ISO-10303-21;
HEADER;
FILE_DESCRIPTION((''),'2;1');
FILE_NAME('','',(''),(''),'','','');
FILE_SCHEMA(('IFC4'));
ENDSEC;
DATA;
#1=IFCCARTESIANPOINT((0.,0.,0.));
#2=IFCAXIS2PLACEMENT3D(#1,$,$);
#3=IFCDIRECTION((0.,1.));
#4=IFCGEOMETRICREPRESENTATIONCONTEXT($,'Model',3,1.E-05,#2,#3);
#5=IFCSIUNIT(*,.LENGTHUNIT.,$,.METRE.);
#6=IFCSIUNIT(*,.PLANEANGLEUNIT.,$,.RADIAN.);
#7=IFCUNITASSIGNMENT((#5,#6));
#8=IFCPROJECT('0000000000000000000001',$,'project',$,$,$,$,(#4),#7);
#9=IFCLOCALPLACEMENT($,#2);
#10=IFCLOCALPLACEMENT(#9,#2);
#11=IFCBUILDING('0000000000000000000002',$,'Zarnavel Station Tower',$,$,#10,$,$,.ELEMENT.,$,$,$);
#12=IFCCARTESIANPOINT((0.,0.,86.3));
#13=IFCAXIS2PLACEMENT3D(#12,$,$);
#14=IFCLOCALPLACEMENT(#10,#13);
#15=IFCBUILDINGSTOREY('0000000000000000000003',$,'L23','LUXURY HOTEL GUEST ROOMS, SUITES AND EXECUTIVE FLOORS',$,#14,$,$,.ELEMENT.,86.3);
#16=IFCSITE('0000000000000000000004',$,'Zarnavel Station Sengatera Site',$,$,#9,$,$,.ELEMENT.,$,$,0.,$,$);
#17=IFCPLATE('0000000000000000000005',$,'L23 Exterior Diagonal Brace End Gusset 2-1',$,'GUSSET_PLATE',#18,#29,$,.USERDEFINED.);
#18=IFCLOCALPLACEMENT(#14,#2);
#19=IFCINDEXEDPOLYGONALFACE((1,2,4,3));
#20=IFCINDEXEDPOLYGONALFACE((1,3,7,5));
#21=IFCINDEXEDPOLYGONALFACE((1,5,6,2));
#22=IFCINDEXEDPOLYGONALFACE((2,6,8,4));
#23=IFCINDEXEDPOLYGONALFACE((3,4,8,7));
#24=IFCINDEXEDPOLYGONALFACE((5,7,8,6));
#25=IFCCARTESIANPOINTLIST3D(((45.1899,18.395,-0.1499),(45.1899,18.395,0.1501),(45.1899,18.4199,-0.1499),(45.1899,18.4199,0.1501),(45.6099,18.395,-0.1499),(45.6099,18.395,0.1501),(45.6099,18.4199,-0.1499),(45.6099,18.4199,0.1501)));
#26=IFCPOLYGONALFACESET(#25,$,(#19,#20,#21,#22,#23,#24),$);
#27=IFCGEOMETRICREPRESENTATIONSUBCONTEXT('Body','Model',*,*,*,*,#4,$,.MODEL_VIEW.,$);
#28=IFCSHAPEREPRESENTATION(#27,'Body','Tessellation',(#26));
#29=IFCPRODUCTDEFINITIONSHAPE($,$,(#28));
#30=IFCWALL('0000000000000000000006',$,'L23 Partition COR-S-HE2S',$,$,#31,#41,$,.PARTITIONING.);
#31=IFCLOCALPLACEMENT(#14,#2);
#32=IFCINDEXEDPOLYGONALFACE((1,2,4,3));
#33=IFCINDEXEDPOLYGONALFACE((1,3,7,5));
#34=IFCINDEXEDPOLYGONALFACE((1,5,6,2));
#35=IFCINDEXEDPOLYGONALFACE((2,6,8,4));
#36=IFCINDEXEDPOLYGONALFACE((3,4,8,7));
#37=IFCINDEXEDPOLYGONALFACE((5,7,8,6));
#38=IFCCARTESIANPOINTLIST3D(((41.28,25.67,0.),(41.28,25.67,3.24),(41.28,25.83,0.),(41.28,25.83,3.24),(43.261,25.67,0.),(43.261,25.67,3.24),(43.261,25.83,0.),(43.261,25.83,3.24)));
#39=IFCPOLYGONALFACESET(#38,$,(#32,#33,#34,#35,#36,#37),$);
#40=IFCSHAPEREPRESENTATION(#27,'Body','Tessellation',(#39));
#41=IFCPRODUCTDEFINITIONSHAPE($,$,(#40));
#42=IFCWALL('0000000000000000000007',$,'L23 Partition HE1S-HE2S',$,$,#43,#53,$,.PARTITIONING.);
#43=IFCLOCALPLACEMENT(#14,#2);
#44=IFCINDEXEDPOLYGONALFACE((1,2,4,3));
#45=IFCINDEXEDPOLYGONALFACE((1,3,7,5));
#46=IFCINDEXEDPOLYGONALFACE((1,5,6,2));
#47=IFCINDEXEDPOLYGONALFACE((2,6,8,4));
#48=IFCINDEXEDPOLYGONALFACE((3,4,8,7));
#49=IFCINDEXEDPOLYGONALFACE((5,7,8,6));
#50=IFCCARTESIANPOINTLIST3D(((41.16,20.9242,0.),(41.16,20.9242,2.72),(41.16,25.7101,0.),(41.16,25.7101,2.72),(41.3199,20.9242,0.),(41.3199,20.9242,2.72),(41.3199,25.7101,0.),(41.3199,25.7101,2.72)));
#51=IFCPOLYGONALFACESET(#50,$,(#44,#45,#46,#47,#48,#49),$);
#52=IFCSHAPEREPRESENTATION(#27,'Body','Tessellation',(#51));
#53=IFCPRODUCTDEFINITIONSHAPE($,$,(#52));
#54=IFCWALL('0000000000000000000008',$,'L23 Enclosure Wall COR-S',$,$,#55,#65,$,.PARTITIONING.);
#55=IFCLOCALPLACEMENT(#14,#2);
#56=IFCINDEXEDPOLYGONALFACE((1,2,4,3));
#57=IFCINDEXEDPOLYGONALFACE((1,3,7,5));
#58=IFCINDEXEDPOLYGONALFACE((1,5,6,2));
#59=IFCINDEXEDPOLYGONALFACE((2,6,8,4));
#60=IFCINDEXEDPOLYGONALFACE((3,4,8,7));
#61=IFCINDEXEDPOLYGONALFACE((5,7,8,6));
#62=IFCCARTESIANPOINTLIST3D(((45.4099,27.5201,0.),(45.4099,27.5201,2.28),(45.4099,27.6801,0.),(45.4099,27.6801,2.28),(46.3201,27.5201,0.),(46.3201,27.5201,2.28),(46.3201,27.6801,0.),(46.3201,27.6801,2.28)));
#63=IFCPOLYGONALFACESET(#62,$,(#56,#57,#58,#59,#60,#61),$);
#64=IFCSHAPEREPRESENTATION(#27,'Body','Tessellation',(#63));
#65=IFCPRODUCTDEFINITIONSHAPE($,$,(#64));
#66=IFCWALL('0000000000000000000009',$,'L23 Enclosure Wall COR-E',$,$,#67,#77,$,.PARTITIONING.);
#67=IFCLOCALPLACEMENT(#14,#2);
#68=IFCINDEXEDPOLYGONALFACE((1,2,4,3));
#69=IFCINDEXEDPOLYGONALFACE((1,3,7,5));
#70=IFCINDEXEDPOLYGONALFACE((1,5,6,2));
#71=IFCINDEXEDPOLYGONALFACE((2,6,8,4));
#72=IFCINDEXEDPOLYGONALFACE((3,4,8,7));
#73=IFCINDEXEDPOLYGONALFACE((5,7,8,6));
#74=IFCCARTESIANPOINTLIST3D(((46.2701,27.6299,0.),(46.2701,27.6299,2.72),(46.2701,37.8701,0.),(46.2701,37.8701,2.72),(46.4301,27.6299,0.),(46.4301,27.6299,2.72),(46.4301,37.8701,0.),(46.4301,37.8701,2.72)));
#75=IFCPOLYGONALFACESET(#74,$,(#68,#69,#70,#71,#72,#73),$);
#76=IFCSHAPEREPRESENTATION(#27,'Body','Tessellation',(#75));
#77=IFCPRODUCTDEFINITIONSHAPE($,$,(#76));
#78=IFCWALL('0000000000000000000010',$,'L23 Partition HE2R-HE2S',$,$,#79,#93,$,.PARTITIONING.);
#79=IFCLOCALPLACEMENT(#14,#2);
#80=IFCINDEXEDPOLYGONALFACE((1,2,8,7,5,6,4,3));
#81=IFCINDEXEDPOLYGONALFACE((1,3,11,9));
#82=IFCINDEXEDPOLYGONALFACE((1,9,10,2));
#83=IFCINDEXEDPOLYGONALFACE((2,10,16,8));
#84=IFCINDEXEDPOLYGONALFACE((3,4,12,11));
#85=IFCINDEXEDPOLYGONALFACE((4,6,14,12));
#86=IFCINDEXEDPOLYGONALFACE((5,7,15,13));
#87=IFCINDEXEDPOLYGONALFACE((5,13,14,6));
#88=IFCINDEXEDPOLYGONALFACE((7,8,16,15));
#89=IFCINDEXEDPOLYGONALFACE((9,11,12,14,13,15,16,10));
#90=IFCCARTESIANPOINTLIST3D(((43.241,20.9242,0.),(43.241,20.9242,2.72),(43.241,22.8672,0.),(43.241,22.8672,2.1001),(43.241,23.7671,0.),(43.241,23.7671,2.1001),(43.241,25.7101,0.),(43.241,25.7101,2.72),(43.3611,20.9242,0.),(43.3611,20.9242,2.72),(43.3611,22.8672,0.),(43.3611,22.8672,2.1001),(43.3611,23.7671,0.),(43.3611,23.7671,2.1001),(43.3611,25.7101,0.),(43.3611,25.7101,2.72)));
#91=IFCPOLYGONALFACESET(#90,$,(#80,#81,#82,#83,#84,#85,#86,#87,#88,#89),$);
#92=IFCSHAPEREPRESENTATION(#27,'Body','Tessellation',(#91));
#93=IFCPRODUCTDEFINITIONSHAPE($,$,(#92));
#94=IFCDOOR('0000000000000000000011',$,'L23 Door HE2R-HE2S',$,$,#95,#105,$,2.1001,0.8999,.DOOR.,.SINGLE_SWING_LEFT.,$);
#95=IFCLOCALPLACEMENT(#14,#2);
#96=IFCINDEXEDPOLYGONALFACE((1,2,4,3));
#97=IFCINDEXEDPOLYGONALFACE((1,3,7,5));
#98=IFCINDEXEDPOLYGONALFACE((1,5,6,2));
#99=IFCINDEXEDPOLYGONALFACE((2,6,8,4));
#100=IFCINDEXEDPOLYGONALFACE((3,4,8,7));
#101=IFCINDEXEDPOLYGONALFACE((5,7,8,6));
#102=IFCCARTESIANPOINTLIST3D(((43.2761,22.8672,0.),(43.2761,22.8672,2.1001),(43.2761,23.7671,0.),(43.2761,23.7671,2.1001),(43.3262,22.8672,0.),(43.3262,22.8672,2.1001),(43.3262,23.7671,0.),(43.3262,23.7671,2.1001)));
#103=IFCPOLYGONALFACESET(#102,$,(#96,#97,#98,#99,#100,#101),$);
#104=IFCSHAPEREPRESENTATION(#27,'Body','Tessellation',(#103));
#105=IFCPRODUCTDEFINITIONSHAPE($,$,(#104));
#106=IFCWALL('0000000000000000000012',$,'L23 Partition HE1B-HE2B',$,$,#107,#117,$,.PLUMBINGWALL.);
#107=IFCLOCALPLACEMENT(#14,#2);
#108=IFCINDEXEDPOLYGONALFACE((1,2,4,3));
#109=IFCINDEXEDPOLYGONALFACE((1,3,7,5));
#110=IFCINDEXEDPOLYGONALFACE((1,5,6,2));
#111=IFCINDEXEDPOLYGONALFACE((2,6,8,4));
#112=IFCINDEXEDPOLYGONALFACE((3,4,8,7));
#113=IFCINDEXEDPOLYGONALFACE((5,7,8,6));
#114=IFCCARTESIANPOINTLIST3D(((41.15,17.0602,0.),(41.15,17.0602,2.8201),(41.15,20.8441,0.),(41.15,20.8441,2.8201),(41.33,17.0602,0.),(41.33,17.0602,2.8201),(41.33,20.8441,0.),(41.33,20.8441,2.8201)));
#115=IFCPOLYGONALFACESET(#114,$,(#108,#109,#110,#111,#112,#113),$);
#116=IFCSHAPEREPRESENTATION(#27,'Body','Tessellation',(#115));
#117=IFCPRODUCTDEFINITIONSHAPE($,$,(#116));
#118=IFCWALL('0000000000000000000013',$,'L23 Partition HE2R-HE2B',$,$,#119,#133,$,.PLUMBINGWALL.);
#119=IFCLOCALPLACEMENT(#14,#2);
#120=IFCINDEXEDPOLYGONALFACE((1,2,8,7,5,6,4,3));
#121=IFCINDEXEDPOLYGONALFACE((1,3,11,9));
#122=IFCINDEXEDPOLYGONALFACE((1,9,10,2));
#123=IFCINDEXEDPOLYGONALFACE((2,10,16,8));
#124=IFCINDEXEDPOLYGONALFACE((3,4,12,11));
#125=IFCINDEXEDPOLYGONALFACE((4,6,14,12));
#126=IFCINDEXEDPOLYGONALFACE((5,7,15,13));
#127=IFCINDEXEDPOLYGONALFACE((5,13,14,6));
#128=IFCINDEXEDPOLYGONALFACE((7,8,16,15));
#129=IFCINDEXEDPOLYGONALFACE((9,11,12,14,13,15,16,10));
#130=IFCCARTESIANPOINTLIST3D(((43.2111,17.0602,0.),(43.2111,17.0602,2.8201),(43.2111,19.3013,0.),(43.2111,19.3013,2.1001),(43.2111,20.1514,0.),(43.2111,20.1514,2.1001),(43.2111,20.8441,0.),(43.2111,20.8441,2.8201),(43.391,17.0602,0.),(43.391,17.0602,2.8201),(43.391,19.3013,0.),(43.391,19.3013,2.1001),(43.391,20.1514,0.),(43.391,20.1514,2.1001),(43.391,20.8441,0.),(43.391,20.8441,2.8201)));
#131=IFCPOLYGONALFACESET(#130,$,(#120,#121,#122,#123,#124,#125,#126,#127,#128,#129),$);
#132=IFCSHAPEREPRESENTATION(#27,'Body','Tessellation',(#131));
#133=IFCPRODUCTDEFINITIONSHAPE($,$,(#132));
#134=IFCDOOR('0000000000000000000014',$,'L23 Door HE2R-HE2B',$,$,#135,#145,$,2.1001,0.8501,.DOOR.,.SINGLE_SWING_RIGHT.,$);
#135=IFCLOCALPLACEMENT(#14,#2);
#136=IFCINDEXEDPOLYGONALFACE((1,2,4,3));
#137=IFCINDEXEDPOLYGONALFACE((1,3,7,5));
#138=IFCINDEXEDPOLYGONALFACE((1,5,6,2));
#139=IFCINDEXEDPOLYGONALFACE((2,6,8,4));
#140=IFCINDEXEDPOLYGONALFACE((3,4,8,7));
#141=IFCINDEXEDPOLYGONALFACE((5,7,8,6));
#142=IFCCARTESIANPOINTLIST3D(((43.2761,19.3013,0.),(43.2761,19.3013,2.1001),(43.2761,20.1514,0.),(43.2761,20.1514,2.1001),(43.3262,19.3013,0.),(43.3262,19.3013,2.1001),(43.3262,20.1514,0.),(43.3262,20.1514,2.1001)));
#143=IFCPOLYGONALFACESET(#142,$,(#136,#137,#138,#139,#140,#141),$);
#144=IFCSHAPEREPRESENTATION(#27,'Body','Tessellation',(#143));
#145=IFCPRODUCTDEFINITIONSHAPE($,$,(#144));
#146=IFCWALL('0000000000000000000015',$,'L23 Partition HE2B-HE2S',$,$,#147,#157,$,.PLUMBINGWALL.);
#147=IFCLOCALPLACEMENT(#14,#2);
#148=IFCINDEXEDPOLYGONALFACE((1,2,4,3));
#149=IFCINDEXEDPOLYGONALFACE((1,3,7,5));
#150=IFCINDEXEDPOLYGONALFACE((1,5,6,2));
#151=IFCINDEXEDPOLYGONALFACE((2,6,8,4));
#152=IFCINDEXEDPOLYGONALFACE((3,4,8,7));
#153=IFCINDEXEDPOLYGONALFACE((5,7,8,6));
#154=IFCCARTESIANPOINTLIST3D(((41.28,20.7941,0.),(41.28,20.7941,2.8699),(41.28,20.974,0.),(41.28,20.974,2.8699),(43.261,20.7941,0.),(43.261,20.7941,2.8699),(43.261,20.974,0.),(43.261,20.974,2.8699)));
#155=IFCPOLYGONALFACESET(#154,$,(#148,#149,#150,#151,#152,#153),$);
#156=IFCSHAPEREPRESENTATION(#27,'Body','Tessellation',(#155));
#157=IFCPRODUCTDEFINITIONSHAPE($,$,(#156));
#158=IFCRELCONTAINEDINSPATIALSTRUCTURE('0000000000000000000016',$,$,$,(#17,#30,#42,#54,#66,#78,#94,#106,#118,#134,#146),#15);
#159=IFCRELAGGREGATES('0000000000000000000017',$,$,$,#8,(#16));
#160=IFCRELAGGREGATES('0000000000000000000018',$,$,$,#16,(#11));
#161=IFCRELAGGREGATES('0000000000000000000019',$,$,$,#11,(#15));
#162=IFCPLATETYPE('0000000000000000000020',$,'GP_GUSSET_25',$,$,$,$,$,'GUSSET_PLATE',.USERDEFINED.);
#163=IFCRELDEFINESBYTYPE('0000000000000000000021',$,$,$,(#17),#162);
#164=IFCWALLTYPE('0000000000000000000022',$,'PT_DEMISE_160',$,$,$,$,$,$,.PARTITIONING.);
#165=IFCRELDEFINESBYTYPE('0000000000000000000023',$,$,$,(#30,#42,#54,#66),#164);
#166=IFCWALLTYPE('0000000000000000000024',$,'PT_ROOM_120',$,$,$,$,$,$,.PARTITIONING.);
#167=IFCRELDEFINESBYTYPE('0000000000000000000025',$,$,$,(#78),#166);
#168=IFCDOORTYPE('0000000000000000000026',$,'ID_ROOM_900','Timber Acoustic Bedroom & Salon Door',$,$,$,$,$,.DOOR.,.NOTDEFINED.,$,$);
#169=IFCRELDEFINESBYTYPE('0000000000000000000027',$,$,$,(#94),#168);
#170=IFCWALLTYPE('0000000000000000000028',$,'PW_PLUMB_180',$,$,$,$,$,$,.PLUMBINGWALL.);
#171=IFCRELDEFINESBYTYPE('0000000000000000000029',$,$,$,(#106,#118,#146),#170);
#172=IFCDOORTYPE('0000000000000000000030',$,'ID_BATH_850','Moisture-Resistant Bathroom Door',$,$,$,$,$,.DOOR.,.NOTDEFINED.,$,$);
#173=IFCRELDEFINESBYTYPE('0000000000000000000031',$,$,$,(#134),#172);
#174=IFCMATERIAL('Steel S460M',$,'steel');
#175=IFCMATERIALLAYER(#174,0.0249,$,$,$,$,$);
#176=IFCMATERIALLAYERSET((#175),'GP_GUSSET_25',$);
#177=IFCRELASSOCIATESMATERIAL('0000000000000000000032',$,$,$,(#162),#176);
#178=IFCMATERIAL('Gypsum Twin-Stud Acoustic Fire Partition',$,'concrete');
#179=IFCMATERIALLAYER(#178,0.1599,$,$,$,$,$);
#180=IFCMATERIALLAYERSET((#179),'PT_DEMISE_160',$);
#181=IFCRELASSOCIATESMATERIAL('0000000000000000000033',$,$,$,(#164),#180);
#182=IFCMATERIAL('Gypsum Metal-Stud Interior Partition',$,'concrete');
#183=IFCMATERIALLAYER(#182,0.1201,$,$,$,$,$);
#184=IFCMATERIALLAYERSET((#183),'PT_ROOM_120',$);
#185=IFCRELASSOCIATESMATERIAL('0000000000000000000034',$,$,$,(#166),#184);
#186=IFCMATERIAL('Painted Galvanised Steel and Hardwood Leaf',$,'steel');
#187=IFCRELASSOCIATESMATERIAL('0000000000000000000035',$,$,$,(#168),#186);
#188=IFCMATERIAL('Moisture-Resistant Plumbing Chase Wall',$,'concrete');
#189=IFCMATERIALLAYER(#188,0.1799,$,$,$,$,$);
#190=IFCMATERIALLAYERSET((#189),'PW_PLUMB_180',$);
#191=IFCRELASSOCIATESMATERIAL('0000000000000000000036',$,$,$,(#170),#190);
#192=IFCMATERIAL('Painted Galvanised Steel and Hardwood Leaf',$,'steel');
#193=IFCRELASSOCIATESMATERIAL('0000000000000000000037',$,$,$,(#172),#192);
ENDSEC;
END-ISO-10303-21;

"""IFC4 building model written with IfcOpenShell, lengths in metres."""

from ifc_helpers import new_model, si_unit, direction, frame, frame_2d, origin, origin_2d, place, context, subcontext, project, spatial, rectangle, extrude, material, layer, layer_set, type_object, element, fill, save


model = new_model("IFC4")

# Units and contexts
model_context = context("Model", 3, precision=1e-05, world=origin(), true_north=direction((0.0, 1.0)))
body_context = subcontext(model_context, "Body", "Model", "MODEL_VIEW")
ifc_project = project(units=[si_unit("LENGTHUNIT", "METRE"), si_unit("PLANEANGLEUNIT", "RADIAN")], contexts=[model_context])

# Site, building, storey
site_placement = place(None, origin())
site = spatial("IfcSite", under=ifc_project, at=site_placement, Name="Zarnavel Station Sengatera Site", CompositionType="ELEMENT", RefElevation=0.0)
building_placement = place(site_placement, origin())
building = spatial("IfcBuilding", under=site, at=building_placement, Name="Zarnavel Station Tower", CompositionType="ELEMENT")
storey_placement = place(building_placement, frame((0.0, 0.0, 86.3)))
storey = spatial("IfcBuildingStorey", under=building, at=storey_placement, Name="L23", Description="LUXURY HOTEL GUEST ROOMS, SUITES AND EXECUTIVE FLOORS", CompositionType="ELEMENT", Elevation=86.3)

# Plate
ifc_material_1 = material(Name="Steel S460M", Category="steel")
ifc_layer_1 = layer(ifc_material_1, 0.0249)
ifc_layer_set_1 = layer_set([ifc_layer_1], Name="GP_GUSSET_25")
plate_type = type_object("IfcPlateType", Name="GP_GUSSET_25", ElementType="GUSSET_PLATE", PredefinedType="USERDEFINED", material=ifc_layer_set_1)
plate_placement = place(storey_placement, frame((45.3999, 18.4075, -0.1499), z_axis=(0.0, 0.0, 1.0), x_axis=(1.0, 0.0, 0.0)))
element("IfcPlate", 1, at=plate_placement, inside=storey, type_object=plate_type, Name="L23 Exterior Diagonal Brace End Gusset 2-1", ObjectType="GUSSET_PLATE", PredefinedType="USERDEFINED", context=body_context, shape_type="SweptSolid", body=[
    extrude(rectangle(XDim=0.4199, YDim=0.0249, at=origin_2d()), origin(), (0.0, 0.0, 1.0), 0.3),
])

# Shared definitions
ifc_material_2 = material(Name="Gypsum Twin-Stud Acoustic Fire Partition", Category="concrete")
ifc_layer_2 = layer(ifc_material_2, 0.1599)
ifc_layer_set_2 = layer_set([ifc_layer_2], Name="PT_DEMISE_160")
wall_type_1 = type_object("IfcWallType", Name="PT_DEMISE_160", PredefinedType="PARTITIONING", material=ifc_layer_set_2)

# Walls
wall_1_placement = place(storey_placement, frame((41.28, 25.75, 0.0), z_axis=(0.0, 0.0, 1.0), x_axis=(1.0, 0.0, 0.0)))
element("IfcWall", 2, at=wall_1_placement, inside=storey, type_object=wall_type_1, Name="L23 Partition COR-S-HE2S", PredefinedType="PARTITIONING", context=body_context, shape_type="SweptSolid", body=[
    extrude(rectangle(XDim=1.981, YDim=0.1599, at=frame_2d((0.9905, 0.0))), origin(), (0.0, 0.0, 1.0), 3.24),
])
wall_2_placement = place(storey_placement, frame((41.24, 20.9241, 0.0), z_axis=(0.0, 0.0, 1.0), x_axis=(0.0, 1.0, 0.0)))
element("IfcWall", 3, at=wall_2_placement, inside=storey, type_object=wall_type_1, Name="L23 Partition HE1S-HE2S", PredefinedType="PARTITIONING", context=body_context, shape_type="SweptSolid", body=[
    extrude(rectangle(XDim=4.7859, YDim=0.1599, at=frame_2d((2.3931, 0.0))), origin(), (0.0, 0.0, 1.0), 2.72),
])
wall_3_placement = place(storey_placement, frame((45.4099, 27.6001, 0.0), z_axis=(0.0, 0.0, 1.0), x_axis=(1.0, 0.0, 0.0)))
element("IfcWall", 4, at=wall_3_placement, inside=storey, type_object=wall_type_1, Name="L23 Enclosure Wall COR-S", PredefinedType="PARTITIONING", context=body_context, shape_type="SweptSolid", body=[
    extrude(rectangle(XDim=0.9102, YDim=0.1599, at=frame_2d((0.4551, 0.0))), origin(), (0.0, 0.0, 1.0), 2.28),
])
wall_4_placement = place(storey_placement, frame((46.3501, 27.6299, 0.0), z_axis=(0.0, 0.0, 1.0), x_axis=(0.0, 1.0, 0.0)))
element("IfcWall", 5, at=wall_4_placement, inside=storey, type_object=wall_type_1, Name="L23 Enclosure Wall COR-E", PredefinedType="PARTITIONING", context=body_context, shape_type="SweptSolid", body=[
    extrude(rectangle(XDim=10.2402, YDim=0.1599, at=frame_2d((5.1201, 0.0))), origin(), (0.0, 0.0, 1.0), 2.72),
])

# Wall, opening, door
ifc_material_3 = material(Name="Gypsum Metal-Stud Interior Partition", Category="concrete")
ifc_layer_3 = layer(ifc_material_3, 0.1201)
ifc_layer_set_3 = layer_set([ifc_layer_3], Name="PT_ROOM_120")
wall_type_2 = type_object("IfcWallType", Name="PT_ROOM_120", PredefinedType="PARTITIONING", material=ifc_layer_set_3)
wall_5_placement = place(storey_placement, frame((43.301, 20.9241, 0.0), z_axis=(0.0, 0.0, 1.0), x_axis=(0.0, 1.0, 0.0)))
wall_5 = element("IfcWall", 6, at=wall_5_placement, inside=storey, type_object=wall_type_2, Name="L23 Partition HE2R-HE2S", PredefinedType="PARTITIONING", context=body_context, shape_type="SweptSolid", body=[
    extrude(rectangle(XDim=4.7859, YDim=0.1201, at=frame_2d((2.3931, 0.0))), origin(), (0.0, 0.0, 1.0), 2.72),
])
opening_1_placement = place(wall_5_placement, frame((1.9431, 0.0, 0.0)))
opening_1 = element("IfcOpeningElement", 7, at=opening_1_placement, cuts=wall_5, PredefinedType="OPENING", context=body_context, shape_type="SweptSolid", body=[
    extrude(rectangle(XDim=0.8999, YDim=2.1001, at=frame_2d((0.45, 1.05))), frame((0.0, 0.0701, 0.0), z_axis=(0.0, -1.0, 0.0), x_axis=(1.0, 0.0, 0.0)), (0.0, 0.0, 1.0), 0.1401),
])
ifc_material_4 = material(Name="Painted Galvanised Steel and Hardwood Leaf", Category="steel")
door_type_1 = type_object("IfcDoorType", Name="ID_ROOM_900", Description="Timber Acoustic Bedroom & Salon Door", OperationType="NOTDEFINED", PredefinedType="DOOR", material=ifc_material_4)
door_1_placement = place(opening_1_placement, origin())
door_1 = element("IfcDoor", 8, at=door_1_placement, inside=storey, type_object=door_type_1, Name="L23 Door HE2R-HE2S", OperationType="SINGLE_SWING_LEFT", OverallHeight=2.1001, OverallWidth=0.8999, PredefinedType="DOOR", context=body_context, shape_type="SweptSolid", body=[
    extrude(rectangle(XDim=0.8999, YDim=2.1001, at=frame_2d((0.45, 1.05))), frame((0.0, 0.0249, 0.0), z_axis=(0.0, -1.0, 0.0), x_axis=(1.0, 0.0, 0.0)), (0.0, 0.0, 1.0), 0.05),
])
fill(opening_1, door_1)

# Wall
ifc_material_5 = material(Name="Moisture-Resistant Plumbing Chase Wall", Category="concrete")
ifc_layer_4 = layer(ifc_material_5, 0.1799)
ifc_layer_set_4 = layer_set([ifc_layer_4], Name="PW_PLUMB_180")
wall_type_3 = type_object("IfcWallType", Name="PW_PLUMB_180", PredefinedType="PLUMBINGWALL", material=ifc_layer_set_4)
wall_6_placement = place(storey_placement, frame((41.24, 17.0601, 0.0), z_axis=(0.0, 0.0, 1.0), x_axis=(0.0, 1.0, 0.0)))
element("IfcWall", 9, at=wall_6_placement, inside=storey, type_object=wall_type_3, Name="L23 Partition HE1B-HE2B", PredefinedType="PLUMBINGWALL", context=body_context, shape_type="SweptSolid", body=[
    extrude(rectangle(XDim=3.7839, YDim=0.1799, at=frame_2d((1.8921, 0.0))), origin(), (0.0, 0.0, 1.0), 2.8201),
])

# Wall, opening, door
wall_7_placement = place(storey_placement, frame((43.301, 17.0601, 0.0), z_axis=(0.0, 0.0, 1.0), x_axis=(0.0, 1.0, 0.0)))
wall_7 = element("IfcWall", 10, at=wall_7_placement, inside=storey, type_object=wall_type_3, Name="L23 Partition HE2R-HE2B", PredefinedType="PLUMBINGWALL", context=body_context, shape_type="SweptSolid", body=[
    extrude(rectangle(XDim=3.7839, YDim=0.1799, at=frame_2d((1.8921, 0.0))), origin(), (0.0, 0.0, 1.0), 2.8201),
])
opening_2_placement = place(wall_7_placement, frame((2.2412, 0.0, 0.0)))
opening_2 = element("IfcOpeningElement", 11, at=opening_2_placement, cuts=wall_7, PredefinedType="OPENING", context=body_context, shape_type="SweptSolid", body=[
    extrude(rectangle(XDim=0.8501, YDim=2.1001, at=frame_2d((0.425, 1.05))), frame((0.0, 0.0999, 0.0), z_axis=(0.0, -1.0, 0.0), x_axis=(1.0, 0.0, 0.0)), (0.0, 0.0, 1.0), 0.2),
])
ifc_material_6 = material(Name="Painted Galvanised Steel and Hardwood Leaf", Category="steel")
door_type_2 = type_object("IfcDoorType", Name="ID_BATH_850", Description="Moisture-Resistant Bathroom Door", OperationType="NOTDEFINED", PredefinedType="DOOR", material=ifc_material_6)
door_2_placement = place(opening_2_placement, origin())
door_2 = element("IfcDoor", 12, at=door_2_placement, inside=storey, type_object=door_type_2, Name="L23 Door HE2R-HE2B", OperationType="SINGLE_SWING_RIGHT", OverallHeight=2.1001, OverallWidth=0.8501, PredefinedType="DOOR", context=body_context, shape_type="SweptSolid", body=[
    extrude(rectangle(XDim=0.8501, YDim=2.1001, at=frame_2d((0.425, 1.05))), frame((0.0, 0.0249, 0.0), z_axis=(0.0, -1.0, 0.0), x_axis=(1.0, 0.0, 0.0)), (0.0, 0.0, 1.0), 0.05),
])
fill(opening_2, door_2)

# Wall
wall_8_placement = place(storey_placement, frame((41.28, 20.884, 0.0), z_axis=(0.0, 0.0, 1.0), x_axis=(1.0, 0.0, 0.0)))
element("IfcWall", 13, at=wall_8_placement, inside=storey, type_object=wall_type_3, Name="L23 Partition HE2B-HE2S", PredefinedType="PLUMBINGWALL", context=body_context, shape_type="SweptSolid", body=[
    extrude(rectangle(XDim=1.981, YDim=0.1799, at=frame_2d((0.9905, 0.0))), origin(), (0.0, 0.0, 1.0), 2.8699),
])

save(model, "model.ifc")
